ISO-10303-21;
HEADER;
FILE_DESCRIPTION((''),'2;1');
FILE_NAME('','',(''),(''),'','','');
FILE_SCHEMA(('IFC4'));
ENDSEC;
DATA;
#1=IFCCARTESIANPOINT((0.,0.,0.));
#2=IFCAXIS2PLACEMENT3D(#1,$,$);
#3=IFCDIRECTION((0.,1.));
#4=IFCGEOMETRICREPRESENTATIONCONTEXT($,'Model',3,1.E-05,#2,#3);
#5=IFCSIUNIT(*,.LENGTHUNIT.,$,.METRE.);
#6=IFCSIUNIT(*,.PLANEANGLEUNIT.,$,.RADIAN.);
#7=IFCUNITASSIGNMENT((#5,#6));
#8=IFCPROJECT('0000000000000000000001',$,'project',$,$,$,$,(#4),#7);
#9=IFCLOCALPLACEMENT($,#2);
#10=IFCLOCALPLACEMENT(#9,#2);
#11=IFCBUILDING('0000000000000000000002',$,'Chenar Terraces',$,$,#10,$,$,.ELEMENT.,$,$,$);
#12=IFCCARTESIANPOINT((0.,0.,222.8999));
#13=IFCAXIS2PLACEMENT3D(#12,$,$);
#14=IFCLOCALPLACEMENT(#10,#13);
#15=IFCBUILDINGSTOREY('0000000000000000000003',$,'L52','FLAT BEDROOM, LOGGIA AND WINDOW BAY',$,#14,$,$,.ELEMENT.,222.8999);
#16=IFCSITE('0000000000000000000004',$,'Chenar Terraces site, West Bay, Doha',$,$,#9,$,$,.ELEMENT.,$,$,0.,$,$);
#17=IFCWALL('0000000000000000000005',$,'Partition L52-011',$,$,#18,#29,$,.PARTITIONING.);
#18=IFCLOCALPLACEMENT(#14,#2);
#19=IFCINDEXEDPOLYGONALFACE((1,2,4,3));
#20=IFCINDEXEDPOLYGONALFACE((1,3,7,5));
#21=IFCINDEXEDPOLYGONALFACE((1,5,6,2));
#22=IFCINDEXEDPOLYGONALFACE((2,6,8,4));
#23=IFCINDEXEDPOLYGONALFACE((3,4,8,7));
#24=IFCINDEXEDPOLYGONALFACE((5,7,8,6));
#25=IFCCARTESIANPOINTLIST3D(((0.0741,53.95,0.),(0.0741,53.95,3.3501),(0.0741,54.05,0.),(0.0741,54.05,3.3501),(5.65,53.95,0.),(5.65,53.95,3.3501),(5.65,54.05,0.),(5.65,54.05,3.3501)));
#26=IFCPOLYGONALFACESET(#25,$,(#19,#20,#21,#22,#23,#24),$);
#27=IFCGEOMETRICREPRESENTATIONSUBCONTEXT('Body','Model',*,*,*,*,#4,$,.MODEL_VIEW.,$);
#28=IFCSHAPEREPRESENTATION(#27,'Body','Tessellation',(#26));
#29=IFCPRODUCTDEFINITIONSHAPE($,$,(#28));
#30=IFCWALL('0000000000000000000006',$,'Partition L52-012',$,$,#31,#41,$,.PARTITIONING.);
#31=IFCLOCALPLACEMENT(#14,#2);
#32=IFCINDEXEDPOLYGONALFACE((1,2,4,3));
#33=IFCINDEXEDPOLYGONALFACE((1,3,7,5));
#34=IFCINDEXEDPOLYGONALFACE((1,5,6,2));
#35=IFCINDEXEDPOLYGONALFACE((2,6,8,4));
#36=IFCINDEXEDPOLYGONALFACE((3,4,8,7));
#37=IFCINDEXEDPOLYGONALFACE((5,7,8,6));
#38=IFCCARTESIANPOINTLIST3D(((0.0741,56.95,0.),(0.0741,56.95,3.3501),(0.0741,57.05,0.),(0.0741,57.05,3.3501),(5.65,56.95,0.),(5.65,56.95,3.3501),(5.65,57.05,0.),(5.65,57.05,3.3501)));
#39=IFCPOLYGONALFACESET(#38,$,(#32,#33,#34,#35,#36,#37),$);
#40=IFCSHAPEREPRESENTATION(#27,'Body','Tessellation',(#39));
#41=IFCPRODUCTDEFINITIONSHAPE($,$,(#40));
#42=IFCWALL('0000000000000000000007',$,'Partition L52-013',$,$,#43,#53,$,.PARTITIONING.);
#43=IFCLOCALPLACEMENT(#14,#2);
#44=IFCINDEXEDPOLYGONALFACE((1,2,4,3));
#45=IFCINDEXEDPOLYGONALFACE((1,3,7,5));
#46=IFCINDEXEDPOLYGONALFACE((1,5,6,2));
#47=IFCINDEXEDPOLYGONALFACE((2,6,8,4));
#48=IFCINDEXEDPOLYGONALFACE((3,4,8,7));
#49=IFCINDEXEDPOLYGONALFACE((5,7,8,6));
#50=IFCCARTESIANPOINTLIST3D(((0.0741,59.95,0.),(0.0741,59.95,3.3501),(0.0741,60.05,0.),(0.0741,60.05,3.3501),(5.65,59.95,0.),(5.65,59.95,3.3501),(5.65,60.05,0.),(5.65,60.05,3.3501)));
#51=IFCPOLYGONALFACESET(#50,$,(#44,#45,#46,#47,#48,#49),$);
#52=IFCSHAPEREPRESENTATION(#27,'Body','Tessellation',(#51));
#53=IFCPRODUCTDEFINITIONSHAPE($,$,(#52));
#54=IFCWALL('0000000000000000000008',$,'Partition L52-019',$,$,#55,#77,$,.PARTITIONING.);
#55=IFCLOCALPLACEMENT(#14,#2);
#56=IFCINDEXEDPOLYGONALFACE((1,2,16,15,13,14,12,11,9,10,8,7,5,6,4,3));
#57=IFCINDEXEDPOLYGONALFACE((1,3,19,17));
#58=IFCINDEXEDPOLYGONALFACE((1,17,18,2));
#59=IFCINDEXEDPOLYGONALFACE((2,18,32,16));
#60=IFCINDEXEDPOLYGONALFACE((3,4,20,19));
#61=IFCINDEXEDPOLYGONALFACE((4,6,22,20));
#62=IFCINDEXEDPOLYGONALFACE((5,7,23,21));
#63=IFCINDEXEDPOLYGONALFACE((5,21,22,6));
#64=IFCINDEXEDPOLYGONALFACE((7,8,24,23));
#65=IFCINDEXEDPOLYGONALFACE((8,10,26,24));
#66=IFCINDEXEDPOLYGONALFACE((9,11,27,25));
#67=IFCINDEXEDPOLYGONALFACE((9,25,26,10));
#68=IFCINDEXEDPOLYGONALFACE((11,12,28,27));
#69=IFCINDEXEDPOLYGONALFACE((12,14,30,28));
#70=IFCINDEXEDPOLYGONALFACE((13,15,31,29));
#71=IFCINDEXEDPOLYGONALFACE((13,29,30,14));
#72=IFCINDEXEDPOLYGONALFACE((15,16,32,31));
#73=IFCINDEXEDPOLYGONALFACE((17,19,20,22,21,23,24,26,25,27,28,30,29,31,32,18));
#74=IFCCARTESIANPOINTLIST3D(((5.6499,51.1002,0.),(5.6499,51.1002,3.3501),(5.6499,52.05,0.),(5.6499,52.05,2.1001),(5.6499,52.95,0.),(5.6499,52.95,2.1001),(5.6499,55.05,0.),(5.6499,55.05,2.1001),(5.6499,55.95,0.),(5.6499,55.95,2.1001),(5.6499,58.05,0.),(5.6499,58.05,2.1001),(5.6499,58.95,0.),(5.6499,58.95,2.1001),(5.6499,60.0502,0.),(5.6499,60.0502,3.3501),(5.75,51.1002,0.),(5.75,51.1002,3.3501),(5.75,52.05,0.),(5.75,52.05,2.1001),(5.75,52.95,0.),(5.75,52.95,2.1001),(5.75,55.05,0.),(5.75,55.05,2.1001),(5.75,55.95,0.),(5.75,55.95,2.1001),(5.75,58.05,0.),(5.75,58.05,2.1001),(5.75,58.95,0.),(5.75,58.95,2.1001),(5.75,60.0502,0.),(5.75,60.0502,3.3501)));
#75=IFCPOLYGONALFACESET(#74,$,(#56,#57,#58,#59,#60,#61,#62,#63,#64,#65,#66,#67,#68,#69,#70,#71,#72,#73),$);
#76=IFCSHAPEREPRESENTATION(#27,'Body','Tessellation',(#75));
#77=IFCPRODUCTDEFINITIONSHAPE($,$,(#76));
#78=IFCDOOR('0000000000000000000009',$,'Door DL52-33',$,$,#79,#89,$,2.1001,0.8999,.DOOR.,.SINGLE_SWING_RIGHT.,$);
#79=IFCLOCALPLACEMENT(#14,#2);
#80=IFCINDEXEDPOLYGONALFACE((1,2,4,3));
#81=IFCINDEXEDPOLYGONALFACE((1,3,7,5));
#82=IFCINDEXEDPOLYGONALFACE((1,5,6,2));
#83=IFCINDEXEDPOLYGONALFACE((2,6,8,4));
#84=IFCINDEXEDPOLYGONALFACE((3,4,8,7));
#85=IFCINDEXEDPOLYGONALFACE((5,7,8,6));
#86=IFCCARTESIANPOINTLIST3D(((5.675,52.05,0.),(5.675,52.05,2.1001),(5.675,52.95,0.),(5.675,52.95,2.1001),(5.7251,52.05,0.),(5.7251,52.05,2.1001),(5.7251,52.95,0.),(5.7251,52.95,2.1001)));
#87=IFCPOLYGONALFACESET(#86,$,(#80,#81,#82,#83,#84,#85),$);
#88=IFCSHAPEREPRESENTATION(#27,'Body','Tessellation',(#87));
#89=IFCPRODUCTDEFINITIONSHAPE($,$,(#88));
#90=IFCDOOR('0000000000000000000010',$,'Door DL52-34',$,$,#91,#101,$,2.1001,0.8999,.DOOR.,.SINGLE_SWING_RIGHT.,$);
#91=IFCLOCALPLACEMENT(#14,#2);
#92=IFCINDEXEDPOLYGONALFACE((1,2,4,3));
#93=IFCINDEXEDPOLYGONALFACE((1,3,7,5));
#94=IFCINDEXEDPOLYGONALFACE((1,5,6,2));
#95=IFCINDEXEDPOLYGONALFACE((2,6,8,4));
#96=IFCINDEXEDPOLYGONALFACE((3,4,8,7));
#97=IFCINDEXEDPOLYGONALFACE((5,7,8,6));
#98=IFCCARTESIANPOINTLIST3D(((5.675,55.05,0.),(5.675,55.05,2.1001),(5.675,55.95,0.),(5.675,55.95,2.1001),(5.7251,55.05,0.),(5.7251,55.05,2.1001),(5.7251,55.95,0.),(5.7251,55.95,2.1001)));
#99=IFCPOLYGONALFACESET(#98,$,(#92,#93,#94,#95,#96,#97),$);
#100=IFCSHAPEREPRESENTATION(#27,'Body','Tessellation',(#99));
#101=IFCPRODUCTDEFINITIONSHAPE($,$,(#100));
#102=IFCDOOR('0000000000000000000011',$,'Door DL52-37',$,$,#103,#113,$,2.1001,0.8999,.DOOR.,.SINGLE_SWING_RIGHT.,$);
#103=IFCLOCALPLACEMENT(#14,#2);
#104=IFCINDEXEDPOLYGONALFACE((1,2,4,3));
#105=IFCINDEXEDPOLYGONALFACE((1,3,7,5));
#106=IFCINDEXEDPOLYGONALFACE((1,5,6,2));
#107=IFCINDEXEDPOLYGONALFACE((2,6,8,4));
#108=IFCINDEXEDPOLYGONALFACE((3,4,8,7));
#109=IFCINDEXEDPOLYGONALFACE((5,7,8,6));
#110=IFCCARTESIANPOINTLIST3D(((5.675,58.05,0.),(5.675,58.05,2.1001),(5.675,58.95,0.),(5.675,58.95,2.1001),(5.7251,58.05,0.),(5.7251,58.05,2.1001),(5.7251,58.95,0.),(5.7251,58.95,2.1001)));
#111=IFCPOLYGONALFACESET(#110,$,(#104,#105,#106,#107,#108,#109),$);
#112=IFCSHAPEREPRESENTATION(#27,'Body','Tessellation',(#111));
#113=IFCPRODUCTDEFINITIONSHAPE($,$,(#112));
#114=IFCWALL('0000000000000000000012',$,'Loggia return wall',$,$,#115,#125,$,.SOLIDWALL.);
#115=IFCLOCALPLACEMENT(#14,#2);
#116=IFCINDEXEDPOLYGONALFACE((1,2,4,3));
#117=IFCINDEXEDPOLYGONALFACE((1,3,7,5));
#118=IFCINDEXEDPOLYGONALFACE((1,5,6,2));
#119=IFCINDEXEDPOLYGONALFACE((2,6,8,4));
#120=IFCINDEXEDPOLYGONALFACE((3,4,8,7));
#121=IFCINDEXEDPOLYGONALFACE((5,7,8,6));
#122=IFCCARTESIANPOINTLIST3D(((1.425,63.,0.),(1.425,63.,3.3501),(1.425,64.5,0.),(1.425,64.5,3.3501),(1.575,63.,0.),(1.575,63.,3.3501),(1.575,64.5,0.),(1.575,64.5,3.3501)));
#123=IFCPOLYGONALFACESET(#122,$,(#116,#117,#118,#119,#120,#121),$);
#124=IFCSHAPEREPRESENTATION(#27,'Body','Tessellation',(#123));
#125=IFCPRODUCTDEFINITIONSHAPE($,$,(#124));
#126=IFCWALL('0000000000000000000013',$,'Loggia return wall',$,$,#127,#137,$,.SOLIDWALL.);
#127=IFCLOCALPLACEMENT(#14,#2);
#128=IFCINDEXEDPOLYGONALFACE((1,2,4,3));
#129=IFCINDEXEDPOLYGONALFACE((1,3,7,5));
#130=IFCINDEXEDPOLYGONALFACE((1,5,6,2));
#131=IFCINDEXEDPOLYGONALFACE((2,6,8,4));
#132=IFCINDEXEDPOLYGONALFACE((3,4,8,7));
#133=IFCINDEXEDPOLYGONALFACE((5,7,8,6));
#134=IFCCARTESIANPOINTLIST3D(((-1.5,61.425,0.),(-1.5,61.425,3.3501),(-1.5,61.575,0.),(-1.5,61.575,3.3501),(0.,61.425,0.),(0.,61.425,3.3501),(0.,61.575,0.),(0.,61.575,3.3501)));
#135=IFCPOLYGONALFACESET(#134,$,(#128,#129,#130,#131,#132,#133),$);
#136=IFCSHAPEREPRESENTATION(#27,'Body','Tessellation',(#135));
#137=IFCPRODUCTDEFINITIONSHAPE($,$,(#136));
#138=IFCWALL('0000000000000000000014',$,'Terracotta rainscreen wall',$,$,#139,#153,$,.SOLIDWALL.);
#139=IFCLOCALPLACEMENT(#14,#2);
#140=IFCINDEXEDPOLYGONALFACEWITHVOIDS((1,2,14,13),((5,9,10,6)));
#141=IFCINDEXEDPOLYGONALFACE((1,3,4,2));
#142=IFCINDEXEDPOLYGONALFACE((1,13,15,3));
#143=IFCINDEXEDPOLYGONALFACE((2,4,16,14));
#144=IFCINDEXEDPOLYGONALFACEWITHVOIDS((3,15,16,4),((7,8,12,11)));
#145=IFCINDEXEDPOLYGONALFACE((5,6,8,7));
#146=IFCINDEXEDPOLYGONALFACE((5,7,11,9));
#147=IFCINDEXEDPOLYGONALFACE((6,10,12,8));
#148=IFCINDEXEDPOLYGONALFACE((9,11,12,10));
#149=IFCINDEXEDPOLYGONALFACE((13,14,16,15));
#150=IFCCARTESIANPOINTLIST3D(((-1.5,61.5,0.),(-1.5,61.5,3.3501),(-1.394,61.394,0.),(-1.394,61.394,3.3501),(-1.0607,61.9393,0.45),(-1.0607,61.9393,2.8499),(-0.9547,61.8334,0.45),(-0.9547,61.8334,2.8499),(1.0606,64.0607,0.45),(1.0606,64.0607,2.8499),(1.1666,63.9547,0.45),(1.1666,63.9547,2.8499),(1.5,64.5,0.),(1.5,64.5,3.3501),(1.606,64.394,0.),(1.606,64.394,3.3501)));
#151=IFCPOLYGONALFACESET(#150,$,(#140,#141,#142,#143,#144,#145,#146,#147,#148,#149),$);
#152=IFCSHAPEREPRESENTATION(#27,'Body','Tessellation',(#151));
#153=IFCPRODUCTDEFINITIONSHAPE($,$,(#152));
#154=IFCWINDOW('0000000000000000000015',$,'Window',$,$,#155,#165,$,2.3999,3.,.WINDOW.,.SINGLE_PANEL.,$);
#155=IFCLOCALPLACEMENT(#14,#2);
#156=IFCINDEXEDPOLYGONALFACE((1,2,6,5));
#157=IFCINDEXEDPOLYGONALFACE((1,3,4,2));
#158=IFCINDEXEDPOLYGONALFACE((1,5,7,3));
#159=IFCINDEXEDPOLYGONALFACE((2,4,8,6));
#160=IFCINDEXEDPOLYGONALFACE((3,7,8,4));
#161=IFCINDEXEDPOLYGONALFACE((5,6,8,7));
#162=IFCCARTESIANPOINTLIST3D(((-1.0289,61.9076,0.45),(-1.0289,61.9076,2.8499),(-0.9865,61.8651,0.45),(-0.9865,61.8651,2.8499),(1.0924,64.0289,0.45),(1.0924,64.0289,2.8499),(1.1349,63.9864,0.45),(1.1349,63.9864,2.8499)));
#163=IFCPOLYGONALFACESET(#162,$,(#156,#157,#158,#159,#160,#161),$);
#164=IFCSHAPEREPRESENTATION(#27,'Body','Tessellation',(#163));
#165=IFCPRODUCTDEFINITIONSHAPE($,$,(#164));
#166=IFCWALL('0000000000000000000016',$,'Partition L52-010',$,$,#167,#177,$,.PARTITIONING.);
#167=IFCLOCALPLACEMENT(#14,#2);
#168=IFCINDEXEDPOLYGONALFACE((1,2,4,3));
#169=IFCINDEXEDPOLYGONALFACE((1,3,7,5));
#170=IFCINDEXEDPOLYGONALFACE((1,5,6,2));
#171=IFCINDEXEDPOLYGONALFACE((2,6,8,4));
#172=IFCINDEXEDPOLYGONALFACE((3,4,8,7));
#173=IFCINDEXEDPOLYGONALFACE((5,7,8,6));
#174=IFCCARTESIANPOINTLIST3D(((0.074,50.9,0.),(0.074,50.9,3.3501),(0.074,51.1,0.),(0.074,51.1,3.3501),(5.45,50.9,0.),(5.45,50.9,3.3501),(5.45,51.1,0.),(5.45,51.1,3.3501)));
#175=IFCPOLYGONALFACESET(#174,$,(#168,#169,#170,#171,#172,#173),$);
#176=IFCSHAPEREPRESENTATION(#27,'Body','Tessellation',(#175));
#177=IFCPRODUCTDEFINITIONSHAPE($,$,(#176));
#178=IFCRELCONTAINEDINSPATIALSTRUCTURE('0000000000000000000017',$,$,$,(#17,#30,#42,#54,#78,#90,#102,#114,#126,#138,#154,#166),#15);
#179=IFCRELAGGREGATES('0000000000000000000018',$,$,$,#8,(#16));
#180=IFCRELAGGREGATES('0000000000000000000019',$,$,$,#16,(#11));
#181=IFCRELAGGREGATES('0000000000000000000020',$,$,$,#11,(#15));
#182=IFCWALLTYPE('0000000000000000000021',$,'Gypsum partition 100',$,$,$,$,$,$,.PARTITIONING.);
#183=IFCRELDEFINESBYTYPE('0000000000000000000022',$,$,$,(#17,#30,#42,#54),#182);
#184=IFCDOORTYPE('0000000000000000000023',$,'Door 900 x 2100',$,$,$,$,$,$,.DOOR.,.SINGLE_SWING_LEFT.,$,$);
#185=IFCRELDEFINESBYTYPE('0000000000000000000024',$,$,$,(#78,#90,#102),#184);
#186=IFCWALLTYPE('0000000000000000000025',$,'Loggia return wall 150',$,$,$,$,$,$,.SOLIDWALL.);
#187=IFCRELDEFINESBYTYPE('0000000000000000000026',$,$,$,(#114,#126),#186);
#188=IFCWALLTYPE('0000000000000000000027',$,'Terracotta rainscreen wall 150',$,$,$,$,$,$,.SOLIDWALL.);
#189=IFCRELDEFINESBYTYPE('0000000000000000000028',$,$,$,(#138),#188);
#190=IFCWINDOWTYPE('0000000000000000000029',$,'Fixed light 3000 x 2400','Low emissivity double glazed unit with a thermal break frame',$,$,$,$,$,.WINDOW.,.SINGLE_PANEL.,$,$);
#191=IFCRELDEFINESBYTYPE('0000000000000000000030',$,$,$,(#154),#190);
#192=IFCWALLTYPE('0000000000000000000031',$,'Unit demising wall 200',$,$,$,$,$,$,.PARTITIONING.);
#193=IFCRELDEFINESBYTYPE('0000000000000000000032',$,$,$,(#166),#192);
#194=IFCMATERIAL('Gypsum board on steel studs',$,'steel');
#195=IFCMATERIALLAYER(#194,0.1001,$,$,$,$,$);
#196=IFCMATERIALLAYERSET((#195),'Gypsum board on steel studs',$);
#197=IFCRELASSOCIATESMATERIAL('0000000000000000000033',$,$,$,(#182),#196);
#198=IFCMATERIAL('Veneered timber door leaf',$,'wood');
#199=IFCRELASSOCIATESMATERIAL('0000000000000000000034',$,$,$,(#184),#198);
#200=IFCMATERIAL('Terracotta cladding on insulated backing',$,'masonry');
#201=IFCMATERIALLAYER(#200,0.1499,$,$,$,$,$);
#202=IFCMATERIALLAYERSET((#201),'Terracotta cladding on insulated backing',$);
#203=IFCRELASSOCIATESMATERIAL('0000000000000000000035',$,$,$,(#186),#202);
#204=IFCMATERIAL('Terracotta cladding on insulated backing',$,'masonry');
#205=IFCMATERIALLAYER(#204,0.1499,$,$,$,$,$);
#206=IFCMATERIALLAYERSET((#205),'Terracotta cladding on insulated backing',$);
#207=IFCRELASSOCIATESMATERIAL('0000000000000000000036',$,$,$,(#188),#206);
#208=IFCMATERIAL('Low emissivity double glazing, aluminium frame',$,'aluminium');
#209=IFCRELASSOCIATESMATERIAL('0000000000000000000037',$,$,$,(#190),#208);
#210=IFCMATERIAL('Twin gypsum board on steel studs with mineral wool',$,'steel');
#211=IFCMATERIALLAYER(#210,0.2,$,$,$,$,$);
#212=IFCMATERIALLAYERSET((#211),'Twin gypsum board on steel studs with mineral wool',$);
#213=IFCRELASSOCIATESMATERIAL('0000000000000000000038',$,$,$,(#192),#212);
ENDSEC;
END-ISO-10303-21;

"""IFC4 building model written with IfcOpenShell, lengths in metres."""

from ifc_helpers import new_model, si_unit, direction, frame, frame_2d, origin, place, context, subcontext, project, spatial, rectangle, extrude, material, layer, layer_set, type_object, element, fill, save


model = new_model("IFC4")

# Units and contexts
model_context = context("Model", 3, precision=1e-05, world=origin(), true_north=direction((0.0, 1.0)))
body_context = subcontext(model_context, "Body", "Model", "MODEL_VIEW")
ifc_project = project(units=[si_unit("LENGTHUNIT", "METRE"), si_unit("PLANEANGLEUNIT", "RADIAN")], contexts=[model_context])

# Site, building, storey
site_placement = place(None, origin())
site = spatial("IfcSite", under=ifc_project, at=site_placement, Name="Chenar Terraces site, West Bay, Doha", CompositionType="ELEMENT", RefElevation=0.0)
building_placement = place(site_placement, origin())
building = spatial("IfcBuilding", under=site, at=building_placement, Name="Chenar Terraces", CompositionType="ELEMENT")
storey_placement = place(building_placement, frame((0.0, 0.0, 222.8999)))
storey = spatial("IfcBuildingStorey", under=building, at=storey_placement, Name="L52", Description="FLAT BEDROOM, LOGGIA AND WINDOW BAY", CompositionType="ELEMENT", Elevation=222.8999)

# Walls
ifc_material_1 = material(Name="Gypsum board on steel studs", Category="steel")
ifc_layer_1 = layer(ifc_material_1, 0.1001)
ifc_layer_set_1 = layer_set([ifc_layer_1], Name="Gypsum board on steel studs")
wall_type_1 = type_object("IfcWallType", Name="Gypsum partition 100", PredefinedType="PARTITIONING", material=ifc_layer_set_1)
for number, where, z_axis, x_axis, name in (
    (1, (0.074, 54.0, 0.0), (0.0, 0.0, 1.0), (1.0, 0.0, 0.0), "Partition L52-011"),
    (2, (0.074, 57.0, 0.0), (0.0, 0.0, 1.0), (1.0, 0.0, 0.0), "Partition L52-012"),
    (3, (0.074, 60.0, 0.0), (0.0, 0.0, 1.0), (1.0, 0.0, 0.0), "Partition L52-013"),
):
    element("IfcWall", number, at=place(storey_placement, frame(where, z_axis=z_axis, x_axis=x_axis)), inside=storey, type_object=wall_type_1, Name=name, PredefinedType="PARTITIONING", context=body_context, shape_type="SweptSolid", body=[
        extrude(rectangle(XDim=5.5759, YDim=0.1001, at=frame_2d((2.7881, 0.0))), origin(), (0.0, 0.0, 1.0), 3.3501),
    ])

# Wall, openings, doors
wall_1_placement = place(storey_placement, frame((5.7, 51.1001, 0.0), z_axis=(0.0, 0.0, 1.0), x_axis=(0.0, 1.0, 0.0)))
wall_1 = element("IfcWall", 4, at=wall_1_placement, inside=storey, type_object=wall_type_1, Name="Partition L52-019", PredefinedType="PARTITIONING", context=body_context, shape_type="SweptSolid", body=[
    extrude(rectangle(XDim=8.95, YDim=0.1001, at=frame_2d((4.4751, 0.0))), origin(), (0.0, 0.0, 1.0), 3.3501),
])
opening_1_placement = place(wall_1_placement, frame((0.95, 0.0, 0.0)))
opening_1 = element("IfcOpeningElement", 5, at=opening_1_placement, cuts=wall_1, PredefinedType="OPENING", context=body_context, shape_type="SweptSolid", body=[
    extrude(rectangle(XDim=0.8999, YDim=2.1001, at=frame_2d((0.45, 1.05))), frame((0.0, 0.0601, 0.0), z_axis=(0.0, -1.0, 0.0), x_axis=(1.0, 0.0, 0.0)), (0.0, 0.0, 1.0), 0.1201),
])
opening_2_placement = place(wall_1_placement, frame((3.95, 0.0, 0.0)))
opening_2 = element("IfcOpeningElement", 6, at=opening_2_placement, cuts=wall_1, PredefinedType="OPENING", context=body_context, shape_type="SweptSolid", body=[
    extrude(rectangle(XDim=0.8999, YDim=2.1001, at=frame_2d((0.45, 1.05))), frame((0.0, 0.0601, 0.0), z_axis=(0.0, -1.0, 0.0), x_axis=(1.0, 0.0, 0.0)), (0.0, 0.0, 1.0), 0.1201),
])
opening_3_placement = place(wall_1_placement, frame((6.95, 0.0, 0.0)))
opening_3 = element("IfcOpeningElement", 7, at=opening_3_placement, cuts=wall_1, PredefinedType="OPENING", context=body_context, shape_type="SweptSolid", body=[
    extrude(rectangle(XDim=0.8999, YDim=2.1001, at=frame_2d((0.45, 1.05))), frame((0.0, 0.0601, 0.0), z_axis=(0.0, -1.0, 0.0), x_axis=(1.0, 0.0, 0.0)), (0.0, 0.0, 1.0), 0.1201),
])
ifc_material_2 = material(Name="Veneered timber door leaf", Category="wood")
door_type_1 = type_object("IfcDoorType", Name="Door 900 x 2100", OperationType="SINGLE_SWING_LEFT", PredefinedType="DOOR", material=ifc_material_2)
door_1_placement = place(opening_1_placement, origin())
door_1 = element("IfcDoor", 8, at=door_1_placement, inside=storey, type_object=door_type_1, Name="Door DL52-33", OperationType="SINGLE_SWING_RIGHT", OverallHeight=2.1001, OverallWidth=0.8999, PredefinedType="DOOR", context=body_context, shape_type="SweptSolid", body=[
    extrude(rectangle(XDim=0.8999, YDim=2.1001, at=frame_2d((0.45, 1.05))), frame((0.0, 0.0249, 0.0), z_axis=(0.0, -1.0, 0.0), x_axis=(1.0, 0.0, 0.0)), (0.0, 0.0, 1.0), 0.05),
])
fill(opening_1, door_1)
door_2_placement = place(opening_2_placement, origin())
door_2 = element("IfcDoor", 9, at=door_2_placement, inside=storey, type_object=door_type_1, Name="Door DL52-34", OperationType="SINGLE_SWING_RIGHT", OverallHeight=2.1001, OverallWidth=0.8999, PredefinedType="DOOR", context=body_context, shape_type="SweptSolid", body=[
    extrude(rectangle(XDim=0.8999, YDim=2.1001, at=frame_2d((0.45, 1.05))), frame((0.0, 0.0249, 0.0), z_axis=(0.0, -1.0, 0.0), x_axis=(1.0, 0.0, 0.0)), (0.0, 0.0, 1.0), 0.05),
])
fill(opening_2, door_2)
door_3_placement = place(opening_3_placement, origin())
door_3 = element("IfcDoor", 10, at=door_3_placement, inside=storey, type_object=door_type_1, Name="Door DL52-37", OperationType="SINGLE_SWING_RIGHT", OverallHeight=2.1001, OverallWidth=0.8999, PredefinedType="DOOR", context=body_context, shape_type="SweptSolid", body=[
    extrude(rectangle(XDim=0.8999, YDim=2.1001, at=frame_2d((0.45, 1.05))), frame((0.0, 0.0249, 0.0), z_axis=(0.0, -1.0, 0.0), x_axis=(1.0, 0.0, 0.0)), (0.0, 0.0, 1.0), 0.05),
])
fill(opening_3, door_3)

# Walls
ifc_material_3 = material(Name="Terracotta cladding on insulated backing", Category="masonry")
ifc_layer_2 = layer(ifc_material_3, 0.1499)
ifc_layer_set_2 = layer_set([ifc_layer_2], Name="Terracotta cladding on insulated backing")
wall_type_2 = type_object("IfcWallType", Name="Loggia return wall 150", PredefinedType="SOLIDWALL", material=ifc_layer_set_2)
for number, where, z_axis, x_axis, name in (
    (11, (1.5, 64.5, 0.0), (0.0, 0.0, 1.0), (0.0, -1.0, 0.0), "Loggia return wall"),
    (12, (-1.5, 61.5, 0.0), (0.0, 0.0, 1.0), (1.0, 0.0, 0.0), "Loggia return wall"),
):
    element("IfcWall", number, at=place(storey_placement, frame(where, z_axis=z_axis, x_axis=x_axis)), inside=storey, type_object=wall_type_2, Name=name, PredefinedType="SOLIDWALL", context=body_context, shape_type="SweptSolid", body=[
        extrude(rectangle(XDim=1.5, YDim=0.1499, at=frame_2d((0.75, 0.0))), origin(), (0.0, 0.0, 1.0), 3.3501),
    ])

# Wall, opening, window
ifc_material_4 = material(Name="Terracotta cladding on insulated backing", Category="masonry")
ifc_layer_3 = layer(ifc_material_4, 0.1499)
ifc_layer_set_3 = layer_set([ifc_layer_3], Name="Terracotta cladding on insulated backing")
wall_type_3 = type_object("IfcWallType", Name="Terracotta rainscreen wall 150", PredefinedType="SOLIDWALL", material=ifc_layer_set_3)
wall_2_placement = place(storey_placement, frame((1.553, 64.447, 0.0), z_axis=(0.0, 0.0, 1.0), x_axis=(-0.707107, -0.707107, 0.0)))
wall_2 = element("IfcWall", 13, at=wall_2_placement, inside=storey, type_object=wall_type_3, Name="Terracotta rainscreen wall", PredefinedType="SOLIDWALL", context=body_context, shape_type="SweptSolid", body=[
    extrude(rectangle(XDim=4.2427, YDim=0.1499, at=frame_2d((2.1213, 0.0))), origin(), (0.0, 0.0, 1.0), 3.3501),
])
opening_4_placement = place(wall_2_placement, frame((0.6213, 0.0, 0.45)))
opening_4 = element("IfcOpeningElement", 14, at=opening_4_placement, cuts=wall_2, PredefinedType="OPENING", context=body_context, shape_type="SweptSolid", body=[
    extrude(rectangle(XDim=3.0, YDim=2.3999, at=frame_2d((1.5, 1.2))), frame((0.0, 0.085, 0.0), z_axis=(0.0, -1.0, 0.0), x_axis=(1.0, 0.0, 0.0)), (0.0, 0.0, 1.0), 0.1699),
])
ifc_material_5 = material(Name="Low emissivity double glazing, aluminium frame", Category="aluminium")
window_type_1 = type_object("IfcWindowType", Name="Fixed light 3000 x 2400", Description="Low emissivity double glazed unit with a thermal break frame", PartitioningType="SINGLE_PANEL", PredefinedType="WINDOW", material=ifc_material_5)
window_1_placement = place(opening_4_placement, origin())
window_1 = element("IfcWindow", 15, at=window_1_placement, inside=storey, type_object=window_type_1, Name="Window", OverallHeight=2.3999, OverallWidth=3.0, PartitioningType="SINGLE_PANEL", PredefinedType="WINDOW", context=body_context, shape_type="SweptSolid", body=[
    extrude(rectangle(XDim=3.0, YDim=2.3999, at=frame_2d((1.5, 1.2))), frame((0.0, 0.03, 0.0), z_axis=(0.0, -1.0, 0.0), x_axis=(1.0, 0.0, 0.0)), (0.0, 0.0, 1.0), 0.0601),
])
fill(opening_4, window_1)

# Wall
ifc_material_6 = material(Name="Twin gypsum board on steel studs with mineral wool", Category="steel")
ifc_layer_4 = layer(ifc_material_6, 0.2)
ifc_layer_set_4 = layer_set([ifc_layer_4], Name="Twin gypsum board on steel studs with mineral wool")
wall_type_4 = type_object("IfcWallType", Name="Unit demising wall 200", PredefinedType="PARTITIONING", material=ifc_layer_set_4)
wall_3_placement = place(storey_placement, frame((0.074, 51.0, 0.0), z_axis=(0.0, 0.0, 1.0), x_axis=(1.0, 0.0, 0.0)))
element("IfcWall", 16, at=wall_3_placement, inside=storey, type_object=wall_type_4, Name="Partition L52-010", PredefinedType="PARTITIONING", context=body_context, shape_type="SweptSolid", body=[
    extrude(rectangle(XDim=5.376, YDim=0.2, at=frame_2d((2.688, 0.0))), origin(), (0.0, 0.0, 1.0), 3.3501),
])

save(model, "model.ifc")
